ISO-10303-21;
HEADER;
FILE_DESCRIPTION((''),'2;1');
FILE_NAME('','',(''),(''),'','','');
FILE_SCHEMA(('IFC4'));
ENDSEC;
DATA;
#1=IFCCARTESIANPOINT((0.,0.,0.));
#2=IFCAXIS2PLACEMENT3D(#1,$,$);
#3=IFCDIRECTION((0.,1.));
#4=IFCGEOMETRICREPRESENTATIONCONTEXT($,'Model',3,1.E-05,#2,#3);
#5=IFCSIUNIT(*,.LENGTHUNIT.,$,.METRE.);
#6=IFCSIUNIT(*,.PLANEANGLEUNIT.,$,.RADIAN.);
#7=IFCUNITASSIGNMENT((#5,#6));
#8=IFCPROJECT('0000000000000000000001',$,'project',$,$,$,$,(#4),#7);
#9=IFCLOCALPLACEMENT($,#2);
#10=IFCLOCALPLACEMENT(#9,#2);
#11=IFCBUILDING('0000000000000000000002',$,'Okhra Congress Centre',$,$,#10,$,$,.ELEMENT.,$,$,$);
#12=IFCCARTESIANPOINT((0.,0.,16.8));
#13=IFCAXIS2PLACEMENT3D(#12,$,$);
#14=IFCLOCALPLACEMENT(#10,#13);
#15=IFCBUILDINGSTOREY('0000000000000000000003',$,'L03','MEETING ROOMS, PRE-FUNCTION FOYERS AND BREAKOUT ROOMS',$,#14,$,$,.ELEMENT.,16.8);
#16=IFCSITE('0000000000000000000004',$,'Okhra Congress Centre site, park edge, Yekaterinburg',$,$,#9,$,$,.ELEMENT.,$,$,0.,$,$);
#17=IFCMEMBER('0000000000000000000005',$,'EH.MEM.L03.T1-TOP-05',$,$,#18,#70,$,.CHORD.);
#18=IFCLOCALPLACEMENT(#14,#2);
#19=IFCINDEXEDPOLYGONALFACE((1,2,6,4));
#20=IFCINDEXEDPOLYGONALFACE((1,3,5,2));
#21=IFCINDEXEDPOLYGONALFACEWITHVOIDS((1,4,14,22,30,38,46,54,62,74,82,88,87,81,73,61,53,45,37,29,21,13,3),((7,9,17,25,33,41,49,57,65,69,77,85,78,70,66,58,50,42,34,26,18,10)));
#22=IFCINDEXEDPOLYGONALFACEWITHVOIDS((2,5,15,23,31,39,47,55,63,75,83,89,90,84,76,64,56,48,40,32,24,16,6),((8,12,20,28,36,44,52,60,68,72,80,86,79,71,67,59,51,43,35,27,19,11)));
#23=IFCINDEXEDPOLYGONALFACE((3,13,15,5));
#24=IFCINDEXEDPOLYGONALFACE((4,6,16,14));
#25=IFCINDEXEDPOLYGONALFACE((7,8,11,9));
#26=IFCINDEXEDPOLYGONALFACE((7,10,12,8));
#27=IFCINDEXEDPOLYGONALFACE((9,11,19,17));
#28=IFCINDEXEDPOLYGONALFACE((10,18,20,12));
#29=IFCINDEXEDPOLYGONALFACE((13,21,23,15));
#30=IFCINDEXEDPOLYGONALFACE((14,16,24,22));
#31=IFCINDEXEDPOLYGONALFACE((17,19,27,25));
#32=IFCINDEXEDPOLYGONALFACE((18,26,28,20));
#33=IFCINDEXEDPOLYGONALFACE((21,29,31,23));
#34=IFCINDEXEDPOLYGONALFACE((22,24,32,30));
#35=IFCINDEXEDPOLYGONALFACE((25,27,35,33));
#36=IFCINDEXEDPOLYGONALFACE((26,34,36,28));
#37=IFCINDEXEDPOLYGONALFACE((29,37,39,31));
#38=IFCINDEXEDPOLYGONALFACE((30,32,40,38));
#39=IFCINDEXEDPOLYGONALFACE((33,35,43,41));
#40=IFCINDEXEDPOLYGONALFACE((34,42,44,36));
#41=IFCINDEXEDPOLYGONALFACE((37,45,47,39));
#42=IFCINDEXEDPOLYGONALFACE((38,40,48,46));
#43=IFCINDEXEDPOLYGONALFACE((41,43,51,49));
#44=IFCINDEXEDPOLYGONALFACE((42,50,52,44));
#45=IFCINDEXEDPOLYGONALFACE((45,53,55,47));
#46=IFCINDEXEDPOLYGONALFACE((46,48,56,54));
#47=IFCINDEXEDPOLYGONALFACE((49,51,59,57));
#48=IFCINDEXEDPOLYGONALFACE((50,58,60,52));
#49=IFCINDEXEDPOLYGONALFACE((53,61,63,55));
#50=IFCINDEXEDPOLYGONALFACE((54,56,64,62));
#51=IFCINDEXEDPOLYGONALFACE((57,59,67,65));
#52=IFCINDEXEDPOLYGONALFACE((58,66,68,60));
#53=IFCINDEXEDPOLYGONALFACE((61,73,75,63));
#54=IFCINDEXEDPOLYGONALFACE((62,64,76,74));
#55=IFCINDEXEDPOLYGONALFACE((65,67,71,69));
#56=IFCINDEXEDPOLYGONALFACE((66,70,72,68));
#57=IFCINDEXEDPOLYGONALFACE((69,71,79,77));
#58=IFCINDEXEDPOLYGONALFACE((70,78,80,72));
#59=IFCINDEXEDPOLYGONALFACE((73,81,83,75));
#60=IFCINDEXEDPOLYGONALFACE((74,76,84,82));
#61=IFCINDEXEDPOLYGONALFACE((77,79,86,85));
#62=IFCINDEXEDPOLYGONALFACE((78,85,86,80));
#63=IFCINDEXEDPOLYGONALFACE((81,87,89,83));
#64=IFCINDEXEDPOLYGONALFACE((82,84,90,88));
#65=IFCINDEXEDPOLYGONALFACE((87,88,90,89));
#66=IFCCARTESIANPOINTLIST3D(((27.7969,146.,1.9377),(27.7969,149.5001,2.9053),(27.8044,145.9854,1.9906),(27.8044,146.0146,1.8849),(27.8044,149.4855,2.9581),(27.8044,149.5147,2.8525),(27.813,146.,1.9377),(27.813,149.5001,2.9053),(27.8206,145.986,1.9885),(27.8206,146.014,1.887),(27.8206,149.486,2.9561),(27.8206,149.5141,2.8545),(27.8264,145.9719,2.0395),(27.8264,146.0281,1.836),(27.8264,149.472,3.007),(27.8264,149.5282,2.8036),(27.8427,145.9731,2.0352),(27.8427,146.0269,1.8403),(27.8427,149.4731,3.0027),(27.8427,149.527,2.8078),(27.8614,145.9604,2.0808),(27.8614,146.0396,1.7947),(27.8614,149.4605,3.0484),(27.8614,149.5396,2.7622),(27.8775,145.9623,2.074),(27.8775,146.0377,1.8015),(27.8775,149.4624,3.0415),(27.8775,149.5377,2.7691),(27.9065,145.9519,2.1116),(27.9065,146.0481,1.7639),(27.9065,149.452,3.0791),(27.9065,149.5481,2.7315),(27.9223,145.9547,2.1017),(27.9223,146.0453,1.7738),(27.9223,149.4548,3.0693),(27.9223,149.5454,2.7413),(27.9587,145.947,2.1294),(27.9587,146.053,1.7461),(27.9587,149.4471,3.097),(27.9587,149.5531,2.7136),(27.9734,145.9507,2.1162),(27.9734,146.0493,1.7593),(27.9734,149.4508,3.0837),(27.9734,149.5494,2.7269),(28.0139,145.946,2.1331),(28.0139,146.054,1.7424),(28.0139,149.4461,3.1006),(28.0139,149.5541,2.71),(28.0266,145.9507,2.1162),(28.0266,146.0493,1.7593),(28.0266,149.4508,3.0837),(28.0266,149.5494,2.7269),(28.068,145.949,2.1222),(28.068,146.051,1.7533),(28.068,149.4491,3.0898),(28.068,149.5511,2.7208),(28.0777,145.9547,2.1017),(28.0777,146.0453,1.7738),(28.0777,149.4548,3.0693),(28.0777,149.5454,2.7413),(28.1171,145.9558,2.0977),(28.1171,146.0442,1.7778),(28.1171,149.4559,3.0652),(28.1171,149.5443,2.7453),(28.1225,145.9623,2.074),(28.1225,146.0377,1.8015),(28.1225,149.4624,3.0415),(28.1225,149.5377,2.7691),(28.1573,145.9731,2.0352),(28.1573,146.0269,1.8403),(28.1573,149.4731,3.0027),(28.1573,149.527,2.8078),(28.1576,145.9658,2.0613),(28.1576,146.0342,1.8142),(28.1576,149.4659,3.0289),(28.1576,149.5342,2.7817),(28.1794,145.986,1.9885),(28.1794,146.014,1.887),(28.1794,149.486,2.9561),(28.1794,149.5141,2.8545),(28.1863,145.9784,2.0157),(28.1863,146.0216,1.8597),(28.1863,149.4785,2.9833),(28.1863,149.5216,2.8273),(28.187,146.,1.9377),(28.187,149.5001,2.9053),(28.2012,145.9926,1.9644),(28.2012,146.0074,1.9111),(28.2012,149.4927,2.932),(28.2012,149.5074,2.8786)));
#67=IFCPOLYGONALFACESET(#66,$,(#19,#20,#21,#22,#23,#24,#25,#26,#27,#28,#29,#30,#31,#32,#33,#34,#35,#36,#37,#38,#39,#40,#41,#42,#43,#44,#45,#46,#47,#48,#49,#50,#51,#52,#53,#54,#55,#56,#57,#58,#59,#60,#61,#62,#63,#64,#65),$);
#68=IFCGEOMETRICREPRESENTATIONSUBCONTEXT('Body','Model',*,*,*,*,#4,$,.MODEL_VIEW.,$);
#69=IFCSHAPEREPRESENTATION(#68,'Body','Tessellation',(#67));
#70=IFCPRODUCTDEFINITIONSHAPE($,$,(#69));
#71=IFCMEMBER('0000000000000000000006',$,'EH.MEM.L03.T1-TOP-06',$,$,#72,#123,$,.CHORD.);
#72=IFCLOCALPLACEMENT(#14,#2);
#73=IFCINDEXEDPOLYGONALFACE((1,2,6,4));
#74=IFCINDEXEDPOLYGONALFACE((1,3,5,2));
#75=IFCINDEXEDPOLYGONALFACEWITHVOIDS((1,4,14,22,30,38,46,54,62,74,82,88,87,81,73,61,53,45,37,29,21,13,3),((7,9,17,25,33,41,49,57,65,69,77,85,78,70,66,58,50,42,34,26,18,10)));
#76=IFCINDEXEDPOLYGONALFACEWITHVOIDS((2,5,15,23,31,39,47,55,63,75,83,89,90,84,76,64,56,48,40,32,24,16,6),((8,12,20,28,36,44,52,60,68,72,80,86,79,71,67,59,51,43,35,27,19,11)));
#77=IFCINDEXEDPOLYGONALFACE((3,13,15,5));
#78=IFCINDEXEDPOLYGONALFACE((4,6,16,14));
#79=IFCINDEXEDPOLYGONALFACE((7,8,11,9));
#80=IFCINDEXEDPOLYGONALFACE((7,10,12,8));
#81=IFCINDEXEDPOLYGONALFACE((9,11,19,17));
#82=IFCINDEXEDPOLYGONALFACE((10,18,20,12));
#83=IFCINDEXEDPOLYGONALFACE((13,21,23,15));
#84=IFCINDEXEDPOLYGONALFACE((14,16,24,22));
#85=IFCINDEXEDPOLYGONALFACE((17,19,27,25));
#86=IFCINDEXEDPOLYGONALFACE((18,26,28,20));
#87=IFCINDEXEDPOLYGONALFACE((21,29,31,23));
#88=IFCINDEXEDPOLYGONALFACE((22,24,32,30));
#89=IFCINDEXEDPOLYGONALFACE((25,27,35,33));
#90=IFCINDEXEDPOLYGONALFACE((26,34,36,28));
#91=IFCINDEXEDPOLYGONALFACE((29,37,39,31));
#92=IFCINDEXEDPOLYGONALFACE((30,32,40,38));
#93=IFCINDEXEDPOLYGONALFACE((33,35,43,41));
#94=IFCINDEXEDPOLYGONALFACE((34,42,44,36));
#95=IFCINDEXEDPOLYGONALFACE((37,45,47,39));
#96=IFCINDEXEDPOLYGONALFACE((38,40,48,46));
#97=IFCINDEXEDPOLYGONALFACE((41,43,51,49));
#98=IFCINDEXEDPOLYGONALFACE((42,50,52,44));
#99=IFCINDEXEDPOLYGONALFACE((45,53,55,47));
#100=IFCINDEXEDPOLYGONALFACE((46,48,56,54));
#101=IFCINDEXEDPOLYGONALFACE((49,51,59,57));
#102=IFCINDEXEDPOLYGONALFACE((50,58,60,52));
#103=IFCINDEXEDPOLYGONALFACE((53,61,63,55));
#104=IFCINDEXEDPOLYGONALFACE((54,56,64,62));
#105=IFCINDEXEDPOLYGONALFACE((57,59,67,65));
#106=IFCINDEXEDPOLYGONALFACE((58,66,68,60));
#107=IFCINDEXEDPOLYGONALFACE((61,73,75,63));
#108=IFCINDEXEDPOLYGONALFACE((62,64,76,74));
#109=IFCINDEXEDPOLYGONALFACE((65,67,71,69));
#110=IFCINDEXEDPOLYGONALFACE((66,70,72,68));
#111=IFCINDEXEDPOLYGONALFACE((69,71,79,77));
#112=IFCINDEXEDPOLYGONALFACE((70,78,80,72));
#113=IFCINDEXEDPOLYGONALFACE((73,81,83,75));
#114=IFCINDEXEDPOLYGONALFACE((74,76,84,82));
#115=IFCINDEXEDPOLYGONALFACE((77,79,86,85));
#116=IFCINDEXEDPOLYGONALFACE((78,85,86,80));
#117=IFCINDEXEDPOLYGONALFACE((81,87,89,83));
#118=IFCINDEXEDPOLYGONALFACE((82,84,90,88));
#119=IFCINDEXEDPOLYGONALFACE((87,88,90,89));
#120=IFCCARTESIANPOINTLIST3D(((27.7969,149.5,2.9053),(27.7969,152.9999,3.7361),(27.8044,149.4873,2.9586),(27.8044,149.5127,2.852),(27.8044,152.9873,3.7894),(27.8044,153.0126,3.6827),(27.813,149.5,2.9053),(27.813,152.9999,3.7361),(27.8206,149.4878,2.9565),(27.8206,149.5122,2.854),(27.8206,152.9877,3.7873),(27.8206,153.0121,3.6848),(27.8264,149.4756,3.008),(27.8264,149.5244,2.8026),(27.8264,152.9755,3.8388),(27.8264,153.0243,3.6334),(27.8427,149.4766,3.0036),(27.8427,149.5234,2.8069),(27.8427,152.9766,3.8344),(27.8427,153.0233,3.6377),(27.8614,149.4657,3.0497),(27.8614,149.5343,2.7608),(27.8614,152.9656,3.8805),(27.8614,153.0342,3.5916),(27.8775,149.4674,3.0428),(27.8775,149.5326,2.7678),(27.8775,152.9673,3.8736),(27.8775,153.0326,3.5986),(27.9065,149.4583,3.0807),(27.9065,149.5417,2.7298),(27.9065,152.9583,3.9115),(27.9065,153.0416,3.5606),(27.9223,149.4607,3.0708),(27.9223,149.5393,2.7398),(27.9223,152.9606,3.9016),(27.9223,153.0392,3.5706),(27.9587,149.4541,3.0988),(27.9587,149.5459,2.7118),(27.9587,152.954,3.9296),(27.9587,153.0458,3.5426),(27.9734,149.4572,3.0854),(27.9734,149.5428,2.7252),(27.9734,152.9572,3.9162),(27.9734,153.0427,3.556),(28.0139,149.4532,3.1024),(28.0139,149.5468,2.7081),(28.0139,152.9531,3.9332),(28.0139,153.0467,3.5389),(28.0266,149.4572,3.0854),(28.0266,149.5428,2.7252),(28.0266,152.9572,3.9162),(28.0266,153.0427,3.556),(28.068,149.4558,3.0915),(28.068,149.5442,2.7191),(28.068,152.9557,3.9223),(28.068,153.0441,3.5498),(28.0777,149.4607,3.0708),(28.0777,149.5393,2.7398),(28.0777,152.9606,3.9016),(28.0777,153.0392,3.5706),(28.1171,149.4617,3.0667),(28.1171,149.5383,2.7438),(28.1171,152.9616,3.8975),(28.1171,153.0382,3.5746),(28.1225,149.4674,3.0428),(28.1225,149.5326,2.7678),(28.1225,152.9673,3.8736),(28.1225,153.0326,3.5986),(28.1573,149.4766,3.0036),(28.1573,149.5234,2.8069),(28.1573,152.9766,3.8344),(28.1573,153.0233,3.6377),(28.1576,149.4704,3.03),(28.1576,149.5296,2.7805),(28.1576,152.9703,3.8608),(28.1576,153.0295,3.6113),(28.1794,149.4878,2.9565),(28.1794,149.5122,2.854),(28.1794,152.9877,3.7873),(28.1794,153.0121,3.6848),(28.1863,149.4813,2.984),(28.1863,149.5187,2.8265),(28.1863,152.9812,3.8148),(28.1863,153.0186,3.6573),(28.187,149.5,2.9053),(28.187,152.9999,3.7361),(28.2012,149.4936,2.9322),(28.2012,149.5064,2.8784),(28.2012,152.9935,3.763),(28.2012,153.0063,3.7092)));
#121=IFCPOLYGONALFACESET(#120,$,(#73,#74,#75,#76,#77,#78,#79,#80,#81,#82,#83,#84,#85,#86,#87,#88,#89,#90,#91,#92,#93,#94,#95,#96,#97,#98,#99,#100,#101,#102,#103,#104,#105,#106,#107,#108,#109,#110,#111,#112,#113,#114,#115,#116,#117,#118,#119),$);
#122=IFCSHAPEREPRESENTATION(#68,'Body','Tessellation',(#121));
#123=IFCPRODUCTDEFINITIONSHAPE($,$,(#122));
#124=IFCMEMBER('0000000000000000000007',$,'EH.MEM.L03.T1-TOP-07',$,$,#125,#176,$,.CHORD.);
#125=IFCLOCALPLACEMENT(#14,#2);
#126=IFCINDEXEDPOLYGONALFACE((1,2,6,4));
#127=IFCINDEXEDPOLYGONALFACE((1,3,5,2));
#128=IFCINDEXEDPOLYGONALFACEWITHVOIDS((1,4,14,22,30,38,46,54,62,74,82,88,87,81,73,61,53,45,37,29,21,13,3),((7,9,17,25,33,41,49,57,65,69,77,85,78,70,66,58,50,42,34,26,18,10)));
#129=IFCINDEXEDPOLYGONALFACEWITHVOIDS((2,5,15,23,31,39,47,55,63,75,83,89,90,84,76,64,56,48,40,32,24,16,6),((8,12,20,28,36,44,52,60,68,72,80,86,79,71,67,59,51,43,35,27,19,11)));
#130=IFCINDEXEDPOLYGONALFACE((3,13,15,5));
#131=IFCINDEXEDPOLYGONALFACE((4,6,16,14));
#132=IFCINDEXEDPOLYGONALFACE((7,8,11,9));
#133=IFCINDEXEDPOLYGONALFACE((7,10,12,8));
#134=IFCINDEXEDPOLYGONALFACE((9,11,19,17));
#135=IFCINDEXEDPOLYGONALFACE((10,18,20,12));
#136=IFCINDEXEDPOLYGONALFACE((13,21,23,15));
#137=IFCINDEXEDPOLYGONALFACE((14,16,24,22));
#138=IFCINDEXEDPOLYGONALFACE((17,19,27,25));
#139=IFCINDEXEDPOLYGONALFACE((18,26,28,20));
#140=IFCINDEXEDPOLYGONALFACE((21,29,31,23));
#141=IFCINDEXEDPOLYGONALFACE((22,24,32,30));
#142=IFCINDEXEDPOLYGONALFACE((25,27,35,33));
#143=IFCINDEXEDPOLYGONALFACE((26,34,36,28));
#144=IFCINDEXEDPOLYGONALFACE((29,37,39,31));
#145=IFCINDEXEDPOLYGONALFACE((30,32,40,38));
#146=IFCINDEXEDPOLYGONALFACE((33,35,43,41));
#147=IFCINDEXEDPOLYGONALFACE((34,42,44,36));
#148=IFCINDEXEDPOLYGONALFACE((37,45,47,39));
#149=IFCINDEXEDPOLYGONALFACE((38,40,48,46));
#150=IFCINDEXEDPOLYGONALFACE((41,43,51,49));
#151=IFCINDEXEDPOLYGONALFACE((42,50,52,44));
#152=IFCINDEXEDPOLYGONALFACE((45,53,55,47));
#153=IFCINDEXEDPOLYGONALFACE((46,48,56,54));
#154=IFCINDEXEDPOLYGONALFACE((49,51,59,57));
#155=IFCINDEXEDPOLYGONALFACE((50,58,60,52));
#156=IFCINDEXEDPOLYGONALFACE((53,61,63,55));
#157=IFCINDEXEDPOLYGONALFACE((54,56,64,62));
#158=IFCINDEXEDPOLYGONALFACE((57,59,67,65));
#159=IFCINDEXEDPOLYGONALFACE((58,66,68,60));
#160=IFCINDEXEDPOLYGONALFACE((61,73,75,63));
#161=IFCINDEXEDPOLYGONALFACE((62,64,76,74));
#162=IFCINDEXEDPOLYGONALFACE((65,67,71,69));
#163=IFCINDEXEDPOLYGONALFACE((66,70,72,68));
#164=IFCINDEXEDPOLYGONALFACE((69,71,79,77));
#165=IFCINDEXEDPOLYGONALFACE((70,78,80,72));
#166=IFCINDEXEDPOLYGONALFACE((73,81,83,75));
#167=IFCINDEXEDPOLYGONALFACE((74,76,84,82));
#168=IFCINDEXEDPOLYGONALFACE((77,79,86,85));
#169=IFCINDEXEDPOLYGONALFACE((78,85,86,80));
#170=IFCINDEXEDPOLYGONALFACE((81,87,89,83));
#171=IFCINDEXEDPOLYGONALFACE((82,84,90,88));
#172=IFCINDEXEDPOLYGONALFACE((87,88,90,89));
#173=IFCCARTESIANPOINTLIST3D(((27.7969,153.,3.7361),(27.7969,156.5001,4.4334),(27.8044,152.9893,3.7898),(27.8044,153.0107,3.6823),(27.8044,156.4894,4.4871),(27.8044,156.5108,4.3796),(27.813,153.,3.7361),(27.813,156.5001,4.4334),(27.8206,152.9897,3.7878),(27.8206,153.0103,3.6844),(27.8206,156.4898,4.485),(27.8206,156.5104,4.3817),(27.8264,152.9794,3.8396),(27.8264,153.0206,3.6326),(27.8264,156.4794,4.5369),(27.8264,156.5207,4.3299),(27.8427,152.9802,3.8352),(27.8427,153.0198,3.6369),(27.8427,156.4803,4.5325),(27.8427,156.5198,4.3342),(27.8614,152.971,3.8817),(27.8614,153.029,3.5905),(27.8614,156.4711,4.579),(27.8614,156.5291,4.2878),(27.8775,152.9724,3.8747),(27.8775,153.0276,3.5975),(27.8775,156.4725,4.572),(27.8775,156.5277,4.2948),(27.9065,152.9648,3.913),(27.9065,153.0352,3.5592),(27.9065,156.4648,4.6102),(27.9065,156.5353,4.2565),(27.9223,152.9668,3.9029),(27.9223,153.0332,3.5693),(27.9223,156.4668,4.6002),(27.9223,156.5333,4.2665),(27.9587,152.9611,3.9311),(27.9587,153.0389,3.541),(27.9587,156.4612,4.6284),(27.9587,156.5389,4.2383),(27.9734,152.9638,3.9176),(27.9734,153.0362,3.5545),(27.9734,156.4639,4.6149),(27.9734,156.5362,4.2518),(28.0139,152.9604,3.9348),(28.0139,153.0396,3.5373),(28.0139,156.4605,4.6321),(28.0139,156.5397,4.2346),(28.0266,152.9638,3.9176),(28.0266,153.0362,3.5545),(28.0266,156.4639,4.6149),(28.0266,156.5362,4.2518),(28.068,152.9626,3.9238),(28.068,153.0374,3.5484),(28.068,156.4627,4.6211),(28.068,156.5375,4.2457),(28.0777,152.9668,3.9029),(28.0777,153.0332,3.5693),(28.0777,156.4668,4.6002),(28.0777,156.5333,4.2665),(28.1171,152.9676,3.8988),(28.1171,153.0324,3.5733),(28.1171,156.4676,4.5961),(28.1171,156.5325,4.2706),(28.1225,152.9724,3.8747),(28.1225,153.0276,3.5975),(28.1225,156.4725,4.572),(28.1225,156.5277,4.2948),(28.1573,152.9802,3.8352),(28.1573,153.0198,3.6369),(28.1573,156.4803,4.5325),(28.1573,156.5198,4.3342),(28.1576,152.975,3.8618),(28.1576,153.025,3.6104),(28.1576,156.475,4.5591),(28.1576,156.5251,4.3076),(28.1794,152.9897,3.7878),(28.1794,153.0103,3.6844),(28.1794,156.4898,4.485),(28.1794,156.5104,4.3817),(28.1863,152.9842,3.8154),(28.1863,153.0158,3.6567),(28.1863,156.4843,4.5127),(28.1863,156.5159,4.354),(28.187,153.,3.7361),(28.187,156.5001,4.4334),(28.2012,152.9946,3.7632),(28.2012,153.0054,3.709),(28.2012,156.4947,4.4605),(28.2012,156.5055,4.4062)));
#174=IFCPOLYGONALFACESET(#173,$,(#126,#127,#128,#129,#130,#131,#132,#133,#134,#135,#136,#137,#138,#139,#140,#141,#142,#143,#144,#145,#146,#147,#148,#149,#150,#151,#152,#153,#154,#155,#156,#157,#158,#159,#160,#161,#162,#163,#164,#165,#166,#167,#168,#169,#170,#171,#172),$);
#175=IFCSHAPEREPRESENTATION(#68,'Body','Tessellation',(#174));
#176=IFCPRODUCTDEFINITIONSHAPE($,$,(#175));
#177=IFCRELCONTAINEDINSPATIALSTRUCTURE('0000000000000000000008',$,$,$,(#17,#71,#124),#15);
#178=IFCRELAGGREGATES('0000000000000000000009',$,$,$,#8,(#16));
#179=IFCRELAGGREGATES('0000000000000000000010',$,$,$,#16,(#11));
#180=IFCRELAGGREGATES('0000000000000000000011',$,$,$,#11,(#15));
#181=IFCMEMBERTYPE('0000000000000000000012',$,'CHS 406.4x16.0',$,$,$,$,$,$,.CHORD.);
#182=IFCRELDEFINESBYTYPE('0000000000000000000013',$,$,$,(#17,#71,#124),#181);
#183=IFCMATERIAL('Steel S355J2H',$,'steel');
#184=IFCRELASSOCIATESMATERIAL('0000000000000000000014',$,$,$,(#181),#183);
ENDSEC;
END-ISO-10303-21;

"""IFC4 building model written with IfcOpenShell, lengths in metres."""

from ifc_helpers import new_model, si_unit, direction, frame, origin, origin_2d, place, context, subcontext, project, spatial, hollow_circle, extrude, material, material_profile, profile_set, type_object, element, save


model = new_model("IFC4")

# Units and contexts
model_context = context("Model", 3, precision=1e-05, world=origin(), true_north=direction((0.0, 1.0)))
body_context = subcontext(model_context, "Body", "Model", "MODEL_VIEW")
ifc_project = project(units=[si_unit("LENGTHUNIT", "METRE"), si_unit("PLANEANGLEUNIT", "RADIAN")], contexts=[model_context])

# Site, building, storey
site_placement = place(None, origin())
site = spatial("IfcSite", under=ifc_project, at=site_placement, Name="Okhra Congress Centre site, park edge, Yekaterinburg", CompositionType="ELEMENT", RefElevation=0.0)
building_placement = place(site_placement, origin())
building = spatial("IfcBuilding", under=site, at=building_placement, Name="Okhra Congress Centre", CompositionType="ELEMENT")
storey_placement = place(building_placement, frame((0.0, 0.0, 16.8)))
storey = spatial("IfcBuildingStorey", under=building, at=storey_placement, Name="L03", Description="MEETING ROOMS, PRE-FUNCTION FOYERS AND BREAKOUT ROOMS", CompositionType="ELEMENT", Elevation=16.8)

# Members
ifc_material_1 = material(Name="Steel S355J2H", Category="steel")
ifc_material_profile_1 = material_profile(ifc_material_1, hollow_circle(Radius=0.2031, WallThickness=0.0161, at=origin_2d()), Name="CHS 406.4x16.0")
ifc_profile_set_1 = profile_set([ifc_material_profile_1], Name="Steel S355J2H")
member_type_1 = type_object("IfcMemberType", Name="CHS 406.4x16.0", PredefinedType="CHORD", material=ifc_profile_set_1)
member_1_placement = place(storey_placement, frame((28.0, 146.0, 1.9377), z_axis=(0.0, 0.96385, 0.266444), x_axis=(-1.0, 0.0, 0.0)))
element("IfcMember", 1, at=member_1_placement, inside=storey, type_object=member_type_1, Name="EH.MEM.L03.T1-TOP-05", PredefinedType="CHORD", context=body_context, shape_type="SweptSolid", body=[
    extrude(hollow_circle(Radius=0.2031, WallThickness=0.0161, at=origin_2d()), origin(), (0.0, 0.0, 1.0), 3.6313),
])
member_2_placement = place(storey_placement, frame((28.0, 149.5, 2.9053), z_axis=(0.0, 0.972964, 0.230957), x_axis=(-1.0, 0.0, 0.0)))
element("IfcMember", 2, at=member_2_placement, inside=storey, type_object=member_type_1, Name="EH.MEM.L03.T1-TOP-06", PredefinedType="CHORD", context=body_context, shape_type="SweptSolid", body=[
    extrude(hollow_circle(Radius=0.2031, WallThickness=0.0161, at=origin_2d()), origin(), (0.0, 0.0, 1.0), 3.5972),
])
member_3_placement = place(storey_placement, frame((28.0, 153.0, 3.7361), z_axis=(0.0, 0.980728, 0.195379), x_axis=(-1.0, 0.0, 0.0)))
element("IfcMember", 3, at=member_3_placement, inside=storey, type_object=member_type_1, Name="EH.MEM.L03.T1-TOP-07", PredefinedType="CHORD", context=body_context, shape_type="SweptSolid", body=[
    extrude(hollow_circle(Radius=0.2031, WallThickness=0.0161, at=origin_2d()), origin(), (0.0, 0.0, 1.0), 3.5688),
])

save(model, "model.ifc")
